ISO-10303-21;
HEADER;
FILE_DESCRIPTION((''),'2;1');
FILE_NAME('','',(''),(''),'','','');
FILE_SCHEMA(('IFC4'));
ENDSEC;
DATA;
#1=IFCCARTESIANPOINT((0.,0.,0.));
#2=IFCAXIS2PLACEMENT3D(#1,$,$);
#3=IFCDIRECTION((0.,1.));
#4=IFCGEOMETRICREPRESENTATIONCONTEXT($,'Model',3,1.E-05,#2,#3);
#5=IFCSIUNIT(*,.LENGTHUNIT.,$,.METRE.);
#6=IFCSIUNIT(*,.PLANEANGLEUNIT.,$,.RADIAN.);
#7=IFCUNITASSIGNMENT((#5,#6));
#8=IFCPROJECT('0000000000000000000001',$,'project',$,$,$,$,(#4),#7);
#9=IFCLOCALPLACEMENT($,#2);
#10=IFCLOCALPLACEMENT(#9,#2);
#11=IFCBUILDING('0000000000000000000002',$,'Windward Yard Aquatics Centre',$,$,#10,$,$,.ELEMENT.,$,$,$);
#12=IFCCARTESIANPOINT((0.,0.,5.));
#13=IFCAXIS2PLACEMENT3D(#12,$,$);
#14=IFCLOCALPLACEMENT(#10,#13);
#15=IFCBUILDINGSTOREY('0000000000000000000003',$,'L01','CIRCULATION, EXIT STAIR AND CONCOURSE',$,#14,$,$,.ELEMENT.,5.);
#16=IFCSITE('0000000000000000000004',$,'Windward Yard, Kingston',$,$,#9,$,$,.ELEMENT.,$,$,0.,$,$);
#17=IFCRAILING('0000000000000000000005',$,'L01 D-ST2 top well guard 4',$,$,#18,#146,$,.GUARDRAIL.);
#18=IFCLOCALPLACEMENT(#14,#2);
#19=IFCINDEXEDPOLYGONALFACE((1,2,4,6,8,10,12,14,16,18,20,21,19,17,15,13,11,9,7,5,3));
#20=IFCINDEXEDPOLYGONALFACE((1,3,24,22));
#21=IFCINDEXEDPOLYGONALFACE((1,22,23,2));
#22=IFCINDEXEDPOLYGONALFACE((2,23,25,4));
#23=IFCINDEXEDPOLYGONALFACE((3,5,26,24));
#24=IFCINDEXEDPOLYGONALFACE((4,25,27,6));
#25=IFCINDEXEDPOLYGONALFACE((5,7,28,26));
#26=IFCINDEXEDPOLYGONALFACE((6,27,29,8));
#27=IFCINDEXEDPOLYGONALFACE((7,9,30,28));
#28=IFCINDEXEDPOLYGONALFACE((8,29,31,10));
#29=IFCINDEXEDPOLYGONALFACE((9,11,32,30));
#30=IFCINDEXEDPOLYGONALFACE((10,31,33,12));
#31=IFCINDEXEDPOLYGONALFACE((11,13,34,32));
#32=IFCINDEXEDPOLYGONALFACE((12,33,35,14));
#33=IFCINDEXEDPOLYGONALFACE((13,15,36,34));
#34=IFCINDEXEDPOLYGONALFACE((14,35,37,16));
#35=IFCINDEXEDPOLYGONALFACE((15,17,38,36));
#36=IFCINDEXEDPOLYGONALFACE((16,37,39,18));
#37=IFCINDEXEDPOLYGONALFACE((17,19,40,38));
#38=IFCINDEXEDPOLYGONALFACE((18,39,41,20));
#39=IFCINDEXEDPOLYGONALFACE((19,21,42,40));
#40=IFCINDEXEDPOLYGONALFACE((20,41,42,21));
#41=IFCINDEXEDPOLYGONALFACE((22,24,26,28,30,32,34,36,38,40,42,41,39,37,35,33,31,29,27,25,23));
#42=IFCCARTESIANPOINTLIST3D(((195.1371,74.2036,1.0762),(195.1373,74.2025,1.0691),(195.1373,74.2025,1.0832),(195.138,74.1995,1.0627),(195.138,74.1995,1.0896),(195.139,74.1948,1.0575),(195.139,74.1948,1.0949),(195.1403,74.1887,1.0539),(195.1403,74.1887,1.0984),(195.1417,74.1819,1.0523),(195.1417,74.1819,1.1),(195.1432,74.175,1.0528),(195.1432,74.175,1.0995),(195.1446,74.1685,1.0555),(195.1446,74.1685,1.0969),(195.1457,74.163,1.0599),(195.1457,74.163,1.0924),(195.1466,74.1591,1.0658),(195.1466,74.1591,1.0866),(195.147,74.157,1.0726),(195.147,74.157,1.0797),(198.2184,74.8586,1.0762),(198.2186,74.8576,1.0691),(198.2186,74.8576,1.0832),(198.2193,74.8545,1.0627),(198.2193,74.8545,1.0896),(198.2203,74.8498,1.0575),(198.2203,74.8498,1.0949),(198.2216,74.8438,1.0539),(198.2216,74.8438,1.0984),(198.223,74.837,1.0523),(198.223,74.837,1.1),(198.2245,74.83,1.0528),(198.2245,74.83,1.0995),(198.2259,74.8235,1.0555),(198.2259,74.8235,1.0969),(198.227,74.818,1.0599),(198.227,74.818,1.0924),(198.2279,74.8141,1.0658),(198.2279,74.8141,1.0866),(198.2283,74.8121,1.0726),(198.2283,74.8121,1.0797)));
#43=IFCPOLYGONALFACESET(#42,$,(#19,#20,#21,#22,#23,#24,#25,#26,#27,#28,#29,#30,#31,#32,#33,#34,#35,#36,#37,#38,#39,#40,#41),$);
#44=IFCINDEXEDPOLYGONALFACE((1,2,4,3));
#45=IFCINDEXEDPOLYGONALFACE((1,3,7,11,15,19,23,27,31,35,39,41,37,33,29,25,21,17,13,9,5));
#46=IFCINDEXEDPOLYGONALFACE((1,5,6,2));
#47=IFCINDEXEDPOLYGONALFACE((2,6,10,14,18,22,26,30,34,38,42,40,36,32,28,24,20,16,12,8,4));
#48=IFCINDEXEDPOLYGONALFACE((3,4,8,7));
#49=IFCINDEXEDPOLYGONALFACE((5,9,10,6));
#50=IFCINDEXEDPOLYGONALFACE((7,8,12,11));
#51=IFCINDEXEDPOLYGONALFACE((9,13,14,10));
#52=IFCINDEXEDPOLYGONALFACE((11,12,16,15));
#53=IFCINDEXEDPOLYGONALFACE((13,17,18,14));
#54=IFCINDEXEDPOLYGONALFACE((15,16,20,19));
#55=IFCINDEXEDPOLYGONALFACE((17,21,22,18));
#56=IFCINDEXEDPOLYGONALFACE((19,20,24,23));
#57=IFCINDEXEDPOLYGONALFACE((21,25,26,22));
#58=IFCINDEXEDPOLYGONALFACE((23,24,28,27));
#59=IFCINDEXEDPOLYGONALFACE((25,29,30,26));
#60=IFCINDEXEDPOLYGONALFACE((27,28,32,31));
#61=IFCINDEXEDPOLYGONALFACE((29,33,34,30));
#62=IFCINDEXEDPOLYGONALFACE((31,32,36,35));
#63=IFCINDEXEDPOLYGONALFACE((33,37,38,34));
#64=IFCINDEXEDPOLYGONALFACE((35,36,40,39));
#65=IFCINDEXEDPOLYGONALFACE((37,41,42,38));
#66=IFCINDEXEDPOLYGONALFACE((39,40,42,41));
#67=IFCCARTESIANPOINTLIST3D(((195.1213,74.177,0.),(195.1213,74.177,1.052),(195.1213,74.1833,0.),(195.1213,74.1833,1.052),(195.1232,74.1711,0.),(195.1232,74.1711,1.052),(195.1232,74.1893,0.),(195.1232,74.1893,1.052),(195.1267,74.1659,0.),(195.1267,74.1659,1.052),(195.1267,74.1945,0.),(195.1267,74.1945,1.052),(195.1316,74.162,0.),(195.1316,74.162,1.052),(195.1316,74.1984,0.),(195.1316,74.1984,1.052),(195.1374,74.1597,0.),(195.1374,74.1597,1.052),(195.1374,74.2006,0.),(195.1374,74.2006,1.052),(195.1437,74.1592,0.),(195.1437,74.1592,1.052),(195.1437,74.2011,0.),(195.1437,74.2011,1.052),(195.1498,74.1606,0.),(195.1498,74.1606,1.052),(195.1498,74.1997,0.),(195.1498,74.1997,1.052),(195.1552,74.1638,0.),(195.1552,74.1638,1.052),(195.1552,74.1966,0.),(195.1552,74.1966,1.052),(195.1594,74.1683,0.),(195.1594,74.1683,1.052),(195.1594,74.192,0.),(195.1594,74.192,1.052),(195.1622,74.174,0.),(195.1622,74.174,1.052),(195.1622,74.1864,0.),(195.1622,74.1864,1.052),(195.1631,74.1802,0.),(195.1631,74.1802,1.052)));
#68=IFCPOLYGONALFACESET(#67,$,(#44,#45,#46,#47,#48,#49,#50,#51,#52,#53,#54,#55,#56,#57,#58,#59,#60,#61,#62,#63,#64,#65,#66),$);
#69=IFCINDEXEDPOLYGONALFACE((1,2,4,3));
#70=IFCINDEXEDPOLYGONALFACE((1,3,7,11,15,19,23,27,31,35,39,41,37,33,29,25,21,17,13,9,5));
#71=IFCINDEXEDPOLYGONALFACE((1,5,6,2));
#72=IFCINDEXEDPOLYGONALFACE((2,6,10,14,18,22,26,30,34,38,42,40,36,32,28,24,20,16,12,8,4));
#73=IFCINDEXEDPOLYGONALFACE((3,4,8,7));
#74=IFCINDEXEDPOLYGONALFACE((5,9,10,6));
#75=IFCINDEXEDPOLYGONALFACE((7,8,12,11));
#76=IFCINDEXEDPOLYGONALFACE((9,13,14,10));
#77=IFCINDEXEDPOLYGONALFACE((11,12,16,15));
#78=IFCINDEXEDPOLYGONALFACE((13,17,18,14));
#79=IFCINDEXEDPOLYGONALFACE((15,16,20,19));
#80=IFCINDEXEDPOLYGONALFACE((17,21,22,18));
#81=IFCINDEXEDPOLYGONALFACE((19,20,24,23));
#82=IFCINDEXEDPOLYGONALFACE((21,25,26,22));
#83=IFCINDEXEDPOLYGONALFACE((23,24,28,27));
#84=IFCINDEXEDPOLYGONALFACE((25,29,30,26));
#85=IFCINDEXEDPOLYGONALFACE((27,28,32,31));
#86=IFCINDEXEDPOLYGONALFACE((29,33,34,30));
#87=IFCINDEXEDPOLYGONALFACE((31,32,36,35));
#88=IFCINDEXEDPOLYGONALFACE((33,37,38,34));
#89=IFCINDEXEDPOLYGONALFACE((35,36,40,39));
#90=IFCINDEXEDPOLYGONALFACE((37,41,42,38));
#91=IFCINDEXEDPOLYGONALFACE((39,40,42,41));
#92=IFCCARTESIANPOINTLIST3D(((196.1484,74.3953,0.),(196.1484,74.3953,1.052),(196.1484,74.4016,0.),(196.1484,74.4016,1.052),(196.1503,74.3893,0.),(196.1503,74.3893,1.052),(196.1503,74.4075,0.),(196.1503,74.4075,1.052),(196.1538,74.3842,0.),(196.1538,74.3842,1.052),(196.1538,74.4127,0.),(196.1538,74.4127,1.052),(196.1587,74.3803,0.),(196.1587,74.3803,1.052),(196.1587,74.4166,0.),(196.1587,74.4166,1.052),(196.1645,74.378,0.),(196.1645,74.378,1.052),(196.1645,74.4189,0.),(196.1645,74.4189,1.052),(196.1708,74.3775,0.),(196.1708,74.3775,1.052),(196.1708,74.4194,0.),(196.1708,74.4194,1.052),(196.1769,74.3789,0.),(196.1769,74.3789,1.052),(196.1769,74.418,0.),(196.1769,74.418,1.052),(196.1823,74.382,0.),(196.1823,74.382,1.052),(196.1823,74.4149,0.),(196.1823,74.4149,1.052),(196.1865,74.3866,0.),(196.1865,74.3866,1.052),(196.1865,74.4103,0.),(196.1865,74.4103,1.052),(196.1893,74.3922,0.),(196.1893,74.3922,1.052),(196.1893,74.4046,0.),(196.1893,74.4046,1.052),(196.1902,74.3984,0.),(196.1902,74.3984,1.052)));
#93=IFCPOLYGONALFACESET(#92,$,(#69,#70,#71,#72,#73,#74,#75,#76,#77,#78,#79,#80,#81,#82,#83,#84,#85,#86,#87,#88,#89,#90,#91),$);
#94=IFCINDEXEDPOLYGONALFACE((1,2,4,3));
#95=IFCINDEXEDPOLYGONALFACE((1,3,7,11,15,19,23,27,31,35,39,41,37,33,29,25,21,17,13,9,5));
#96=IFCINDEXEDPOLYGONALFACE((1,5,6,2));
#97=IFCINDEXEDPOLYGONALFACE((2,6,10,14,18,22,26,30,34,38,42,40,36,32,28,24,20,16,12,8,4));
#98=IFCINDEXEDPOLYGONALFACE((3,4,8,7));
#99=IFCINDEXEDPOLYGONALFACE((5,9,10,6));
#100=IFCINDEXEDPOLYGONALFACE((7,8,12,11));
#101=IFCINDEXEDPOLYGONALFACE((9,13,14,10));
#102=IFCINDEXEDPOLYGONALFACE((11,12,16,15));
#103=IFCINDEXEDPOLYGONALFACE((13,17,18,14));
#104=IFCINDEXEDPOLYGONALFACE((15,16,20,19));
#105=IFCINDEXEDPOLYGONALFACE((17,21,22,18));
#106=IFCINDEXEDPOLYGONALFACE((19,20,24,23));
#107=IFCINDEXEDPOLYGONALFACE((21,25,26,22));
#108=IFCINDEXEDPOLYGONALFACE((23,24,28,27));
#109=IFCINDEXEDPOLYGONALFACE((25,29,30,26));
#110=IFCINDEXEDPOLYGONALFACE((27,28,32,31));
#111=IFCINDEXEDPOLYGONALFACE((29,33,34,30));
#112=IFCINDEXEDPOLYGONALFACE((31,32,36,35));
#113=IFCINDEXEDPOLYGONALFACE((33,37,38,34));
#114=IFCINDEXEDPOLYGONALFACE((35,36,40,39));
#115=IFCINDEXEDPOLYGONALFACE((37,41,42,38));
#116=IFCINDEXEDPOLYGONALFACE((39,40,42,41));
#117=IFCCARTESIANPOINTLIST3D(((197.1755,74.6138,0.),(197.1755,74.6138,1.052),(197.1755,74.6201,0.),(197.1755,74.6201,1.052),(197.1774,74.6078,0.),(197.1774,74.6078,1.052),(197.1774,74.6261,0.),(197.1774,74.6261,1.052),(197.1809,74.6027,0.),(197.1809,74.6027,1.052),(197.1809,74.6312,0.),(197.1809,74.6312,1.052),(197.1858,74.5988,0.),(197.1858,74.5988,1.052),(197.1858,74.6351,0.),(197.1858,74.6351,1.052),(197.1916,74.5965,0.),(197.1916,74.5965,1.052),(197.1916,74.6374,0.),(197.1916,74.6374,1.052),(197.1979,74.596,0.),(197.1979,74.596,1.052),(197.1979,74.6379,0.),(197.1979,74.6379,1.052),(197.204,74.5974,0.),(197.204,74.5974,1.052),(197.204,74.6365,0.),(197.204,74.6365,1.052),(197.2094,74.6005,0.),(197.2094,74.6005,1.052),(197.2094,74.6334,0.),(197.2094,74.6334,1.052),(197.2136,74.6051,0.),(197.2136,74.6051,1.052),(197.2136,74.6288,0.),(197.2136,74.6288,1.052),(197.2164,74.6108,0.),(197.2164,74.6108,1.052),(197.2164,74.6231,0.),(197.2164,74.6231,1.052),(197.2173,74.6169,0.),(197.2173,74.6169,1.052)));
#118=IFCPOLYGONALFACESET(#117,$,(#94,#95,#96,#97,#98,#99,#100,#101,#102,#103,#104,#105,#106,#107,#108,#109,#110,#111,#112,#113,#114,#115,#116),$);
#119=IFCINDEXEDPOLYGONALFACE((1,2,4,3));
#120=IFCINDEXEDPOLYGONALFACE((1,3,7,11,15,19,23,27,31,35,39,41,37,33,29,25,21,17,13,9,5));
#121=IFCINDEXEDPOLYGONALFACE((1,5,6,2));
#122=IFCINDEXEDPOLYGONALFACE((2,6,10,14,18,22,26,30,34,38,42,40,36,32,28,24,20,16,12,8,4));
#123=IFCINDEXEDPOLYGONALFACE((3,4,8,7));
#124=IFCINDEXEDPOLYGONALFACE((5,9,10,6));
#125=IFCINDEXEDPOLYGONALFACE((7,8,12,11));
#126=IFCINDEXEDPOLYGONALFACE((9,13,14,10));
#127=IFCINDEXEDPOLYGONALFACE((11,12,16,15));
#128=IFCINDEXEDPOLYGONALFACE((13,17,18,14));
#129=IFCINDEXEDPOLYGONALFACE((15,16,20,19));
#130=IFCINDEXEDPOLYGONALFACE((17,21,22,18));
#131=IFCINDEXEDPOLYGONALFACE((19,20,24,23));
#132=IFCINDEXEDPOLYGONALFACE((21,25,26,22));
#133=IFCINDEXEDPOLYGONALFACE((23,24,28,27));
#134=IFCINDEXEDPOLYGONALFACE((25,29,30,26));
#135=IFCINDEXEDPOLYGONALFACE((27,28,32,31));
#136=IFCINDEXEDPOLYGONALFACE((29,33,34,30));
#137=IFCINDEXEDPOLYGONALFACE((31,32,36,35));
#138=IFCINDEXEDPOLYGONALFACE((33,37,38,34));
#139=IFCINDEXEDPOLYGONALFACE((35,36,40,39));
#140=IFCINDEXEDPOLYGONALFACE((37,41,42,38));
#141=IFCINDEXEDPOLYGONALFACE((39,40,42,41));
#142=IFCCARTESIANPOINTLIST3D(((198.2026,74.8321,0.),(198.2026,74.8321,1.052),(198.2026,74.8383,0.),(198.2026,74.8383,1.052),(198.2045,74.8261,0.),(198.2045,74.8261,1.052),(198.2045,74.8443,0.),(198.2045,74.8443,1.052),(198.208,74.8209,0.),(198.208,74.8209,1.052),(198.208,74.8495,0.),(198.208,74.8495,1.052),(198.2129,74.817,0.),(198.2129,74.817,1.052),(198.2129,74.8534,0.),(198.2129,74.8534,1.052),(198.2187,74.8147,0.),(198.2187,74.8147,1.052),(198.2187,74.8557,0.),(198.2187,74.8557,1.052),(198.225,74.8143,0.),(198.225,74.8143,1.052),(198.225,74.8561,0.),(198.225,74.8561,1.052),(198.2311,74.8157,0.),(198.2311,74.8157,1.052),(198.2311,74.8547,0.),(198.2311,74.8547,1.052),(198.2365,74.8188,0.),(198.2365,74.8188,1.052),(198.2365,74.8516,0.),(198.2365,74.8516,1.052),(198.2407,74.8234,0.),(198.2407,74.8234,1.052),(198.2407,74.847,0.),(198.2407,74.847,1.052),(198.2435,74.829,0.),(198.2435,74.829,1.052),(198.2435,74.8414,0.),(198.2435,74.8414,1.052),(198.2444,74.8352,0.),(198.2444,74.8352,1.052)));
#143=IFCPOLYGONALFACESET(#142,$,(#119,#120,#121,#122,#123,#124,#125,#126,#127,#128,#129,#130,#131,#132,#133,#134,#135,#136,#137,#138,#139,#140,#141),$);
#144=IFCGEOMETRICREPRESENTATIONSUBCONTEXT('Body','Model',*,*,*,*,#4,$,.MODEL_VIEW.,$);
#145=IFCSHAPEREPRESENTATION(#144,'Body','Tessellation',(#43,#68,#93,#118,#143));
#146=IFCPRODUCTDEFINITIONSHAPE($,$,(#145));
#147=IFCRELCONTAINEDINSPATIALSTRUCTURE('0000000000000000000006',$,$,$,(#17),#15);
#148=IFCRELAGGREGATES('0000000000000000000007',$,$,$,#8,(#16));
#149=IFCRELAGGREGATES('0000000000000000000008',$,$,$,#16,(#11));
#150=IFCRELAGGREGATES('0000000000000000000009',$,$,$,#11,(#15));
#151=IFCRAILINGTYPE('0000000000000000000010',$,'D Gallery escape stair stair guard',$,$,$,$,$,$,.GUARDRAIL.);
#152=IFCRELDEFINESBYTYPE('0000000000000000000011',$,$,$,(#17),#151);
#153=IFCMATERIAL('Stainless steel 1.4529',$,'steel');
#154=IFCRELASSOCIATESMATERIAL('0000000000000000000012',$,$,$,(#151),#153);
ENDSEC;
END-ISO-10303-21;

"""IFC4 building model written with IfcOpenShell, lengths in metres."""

from ifc_helpers import new_model, si_unit, direction, frame, origin, origin_2d, place, context, subcontext, project, spatial, circle, extrude, material, type_object, element, save


model = new_model("IFC4")

# Units and contexts
model_context = context("Model", 3, precision=1e-05, world=origin(), true_north=direction((0.0, 1.0)))
body_context = subcontext(model_context, "Body", "Model", "MODEL_VIEW")
ifc_project = project(units=[si_unit("LENGTHUNIT", "METRE"), si_unit("PLANEANGLEUNIT", "RADIAN")], contexts=[model_context])

# Site, building, storey
site_placement = place(None, origin())
site = spatial("IfcSite", under=ifc_project, at=site_placement, Name="Windward Yard, Kingston", CompositionType="ELEMENT", RefElevation=0.0)
building_placement = place(site_placement, origin())
building = spatial("IfcBuilding", under=site, at=building_placement, Name="Windward Yard Aquatics Centre", CompositionType="ELEMENT")
storey_placement = place(building_placement, frame((0.0, 0.0, 5.0)))
storey = spatial("IfcBuildingStorey", under=building, at=storey_placement, Name="L01", Description="CIRCULATION, EXIT STAIR AND CONCOURSE", CompositionType="ELEMENT", Elevation=5.0)

# Railing
ifc_material_1 = material(Name="Stainless steel 1.4529", Category="steel")
railing_type = type_object("IfcRailingType", Name="D Gallery escape stair stair guard", PredefinedType="GUARDRAIL", material=ifc_material_1)
railing_1_placement = place(storey_placement, frame((195.1421, 74.1802, 0.0)))
element("IfcRailing", 1, at=railing_1_placement, inside=storey, type_object=railing_type, Name="L01 D-ST2 top well guard 4", PredefinedType="GUARDRAIL", context=body_context, shape_type="SweptSolid", body=[
    extrude(circle(Radius=0.0239, at=origin_2d()), frame((0.0, 0.0, 1.0762), z_axis=(0.978142, 0.207936, 0.0), x_axis=(-0.207936, 0.978142, 0.0)), (0.0, 0.0, 1.0), 3.1501),
    extrude(circle(Radius=0.021, at=origin_2d()), origin(), (0.0, 0.0, 1.0), 1.052),
    extrude(circle(Radius=0.021, at=origin_2d()), frame((1.0271, 0.2183, 0.0)), (0.0, 0.0, 1.0), 1.052),
    extrude(circle(Radius=0.021, at=origin_2d()), frame((2.0542, 0.4368, 0.0)), (0.0, 0.0, 1.0), 1.052),
    extrude(circle(Radius=0.021, at=origin_2d()), frame((3.0813, 0.655, 0.0)), (0.0, 0.0, 1.0), 1.052),
])

save(model, "model.ifc")
